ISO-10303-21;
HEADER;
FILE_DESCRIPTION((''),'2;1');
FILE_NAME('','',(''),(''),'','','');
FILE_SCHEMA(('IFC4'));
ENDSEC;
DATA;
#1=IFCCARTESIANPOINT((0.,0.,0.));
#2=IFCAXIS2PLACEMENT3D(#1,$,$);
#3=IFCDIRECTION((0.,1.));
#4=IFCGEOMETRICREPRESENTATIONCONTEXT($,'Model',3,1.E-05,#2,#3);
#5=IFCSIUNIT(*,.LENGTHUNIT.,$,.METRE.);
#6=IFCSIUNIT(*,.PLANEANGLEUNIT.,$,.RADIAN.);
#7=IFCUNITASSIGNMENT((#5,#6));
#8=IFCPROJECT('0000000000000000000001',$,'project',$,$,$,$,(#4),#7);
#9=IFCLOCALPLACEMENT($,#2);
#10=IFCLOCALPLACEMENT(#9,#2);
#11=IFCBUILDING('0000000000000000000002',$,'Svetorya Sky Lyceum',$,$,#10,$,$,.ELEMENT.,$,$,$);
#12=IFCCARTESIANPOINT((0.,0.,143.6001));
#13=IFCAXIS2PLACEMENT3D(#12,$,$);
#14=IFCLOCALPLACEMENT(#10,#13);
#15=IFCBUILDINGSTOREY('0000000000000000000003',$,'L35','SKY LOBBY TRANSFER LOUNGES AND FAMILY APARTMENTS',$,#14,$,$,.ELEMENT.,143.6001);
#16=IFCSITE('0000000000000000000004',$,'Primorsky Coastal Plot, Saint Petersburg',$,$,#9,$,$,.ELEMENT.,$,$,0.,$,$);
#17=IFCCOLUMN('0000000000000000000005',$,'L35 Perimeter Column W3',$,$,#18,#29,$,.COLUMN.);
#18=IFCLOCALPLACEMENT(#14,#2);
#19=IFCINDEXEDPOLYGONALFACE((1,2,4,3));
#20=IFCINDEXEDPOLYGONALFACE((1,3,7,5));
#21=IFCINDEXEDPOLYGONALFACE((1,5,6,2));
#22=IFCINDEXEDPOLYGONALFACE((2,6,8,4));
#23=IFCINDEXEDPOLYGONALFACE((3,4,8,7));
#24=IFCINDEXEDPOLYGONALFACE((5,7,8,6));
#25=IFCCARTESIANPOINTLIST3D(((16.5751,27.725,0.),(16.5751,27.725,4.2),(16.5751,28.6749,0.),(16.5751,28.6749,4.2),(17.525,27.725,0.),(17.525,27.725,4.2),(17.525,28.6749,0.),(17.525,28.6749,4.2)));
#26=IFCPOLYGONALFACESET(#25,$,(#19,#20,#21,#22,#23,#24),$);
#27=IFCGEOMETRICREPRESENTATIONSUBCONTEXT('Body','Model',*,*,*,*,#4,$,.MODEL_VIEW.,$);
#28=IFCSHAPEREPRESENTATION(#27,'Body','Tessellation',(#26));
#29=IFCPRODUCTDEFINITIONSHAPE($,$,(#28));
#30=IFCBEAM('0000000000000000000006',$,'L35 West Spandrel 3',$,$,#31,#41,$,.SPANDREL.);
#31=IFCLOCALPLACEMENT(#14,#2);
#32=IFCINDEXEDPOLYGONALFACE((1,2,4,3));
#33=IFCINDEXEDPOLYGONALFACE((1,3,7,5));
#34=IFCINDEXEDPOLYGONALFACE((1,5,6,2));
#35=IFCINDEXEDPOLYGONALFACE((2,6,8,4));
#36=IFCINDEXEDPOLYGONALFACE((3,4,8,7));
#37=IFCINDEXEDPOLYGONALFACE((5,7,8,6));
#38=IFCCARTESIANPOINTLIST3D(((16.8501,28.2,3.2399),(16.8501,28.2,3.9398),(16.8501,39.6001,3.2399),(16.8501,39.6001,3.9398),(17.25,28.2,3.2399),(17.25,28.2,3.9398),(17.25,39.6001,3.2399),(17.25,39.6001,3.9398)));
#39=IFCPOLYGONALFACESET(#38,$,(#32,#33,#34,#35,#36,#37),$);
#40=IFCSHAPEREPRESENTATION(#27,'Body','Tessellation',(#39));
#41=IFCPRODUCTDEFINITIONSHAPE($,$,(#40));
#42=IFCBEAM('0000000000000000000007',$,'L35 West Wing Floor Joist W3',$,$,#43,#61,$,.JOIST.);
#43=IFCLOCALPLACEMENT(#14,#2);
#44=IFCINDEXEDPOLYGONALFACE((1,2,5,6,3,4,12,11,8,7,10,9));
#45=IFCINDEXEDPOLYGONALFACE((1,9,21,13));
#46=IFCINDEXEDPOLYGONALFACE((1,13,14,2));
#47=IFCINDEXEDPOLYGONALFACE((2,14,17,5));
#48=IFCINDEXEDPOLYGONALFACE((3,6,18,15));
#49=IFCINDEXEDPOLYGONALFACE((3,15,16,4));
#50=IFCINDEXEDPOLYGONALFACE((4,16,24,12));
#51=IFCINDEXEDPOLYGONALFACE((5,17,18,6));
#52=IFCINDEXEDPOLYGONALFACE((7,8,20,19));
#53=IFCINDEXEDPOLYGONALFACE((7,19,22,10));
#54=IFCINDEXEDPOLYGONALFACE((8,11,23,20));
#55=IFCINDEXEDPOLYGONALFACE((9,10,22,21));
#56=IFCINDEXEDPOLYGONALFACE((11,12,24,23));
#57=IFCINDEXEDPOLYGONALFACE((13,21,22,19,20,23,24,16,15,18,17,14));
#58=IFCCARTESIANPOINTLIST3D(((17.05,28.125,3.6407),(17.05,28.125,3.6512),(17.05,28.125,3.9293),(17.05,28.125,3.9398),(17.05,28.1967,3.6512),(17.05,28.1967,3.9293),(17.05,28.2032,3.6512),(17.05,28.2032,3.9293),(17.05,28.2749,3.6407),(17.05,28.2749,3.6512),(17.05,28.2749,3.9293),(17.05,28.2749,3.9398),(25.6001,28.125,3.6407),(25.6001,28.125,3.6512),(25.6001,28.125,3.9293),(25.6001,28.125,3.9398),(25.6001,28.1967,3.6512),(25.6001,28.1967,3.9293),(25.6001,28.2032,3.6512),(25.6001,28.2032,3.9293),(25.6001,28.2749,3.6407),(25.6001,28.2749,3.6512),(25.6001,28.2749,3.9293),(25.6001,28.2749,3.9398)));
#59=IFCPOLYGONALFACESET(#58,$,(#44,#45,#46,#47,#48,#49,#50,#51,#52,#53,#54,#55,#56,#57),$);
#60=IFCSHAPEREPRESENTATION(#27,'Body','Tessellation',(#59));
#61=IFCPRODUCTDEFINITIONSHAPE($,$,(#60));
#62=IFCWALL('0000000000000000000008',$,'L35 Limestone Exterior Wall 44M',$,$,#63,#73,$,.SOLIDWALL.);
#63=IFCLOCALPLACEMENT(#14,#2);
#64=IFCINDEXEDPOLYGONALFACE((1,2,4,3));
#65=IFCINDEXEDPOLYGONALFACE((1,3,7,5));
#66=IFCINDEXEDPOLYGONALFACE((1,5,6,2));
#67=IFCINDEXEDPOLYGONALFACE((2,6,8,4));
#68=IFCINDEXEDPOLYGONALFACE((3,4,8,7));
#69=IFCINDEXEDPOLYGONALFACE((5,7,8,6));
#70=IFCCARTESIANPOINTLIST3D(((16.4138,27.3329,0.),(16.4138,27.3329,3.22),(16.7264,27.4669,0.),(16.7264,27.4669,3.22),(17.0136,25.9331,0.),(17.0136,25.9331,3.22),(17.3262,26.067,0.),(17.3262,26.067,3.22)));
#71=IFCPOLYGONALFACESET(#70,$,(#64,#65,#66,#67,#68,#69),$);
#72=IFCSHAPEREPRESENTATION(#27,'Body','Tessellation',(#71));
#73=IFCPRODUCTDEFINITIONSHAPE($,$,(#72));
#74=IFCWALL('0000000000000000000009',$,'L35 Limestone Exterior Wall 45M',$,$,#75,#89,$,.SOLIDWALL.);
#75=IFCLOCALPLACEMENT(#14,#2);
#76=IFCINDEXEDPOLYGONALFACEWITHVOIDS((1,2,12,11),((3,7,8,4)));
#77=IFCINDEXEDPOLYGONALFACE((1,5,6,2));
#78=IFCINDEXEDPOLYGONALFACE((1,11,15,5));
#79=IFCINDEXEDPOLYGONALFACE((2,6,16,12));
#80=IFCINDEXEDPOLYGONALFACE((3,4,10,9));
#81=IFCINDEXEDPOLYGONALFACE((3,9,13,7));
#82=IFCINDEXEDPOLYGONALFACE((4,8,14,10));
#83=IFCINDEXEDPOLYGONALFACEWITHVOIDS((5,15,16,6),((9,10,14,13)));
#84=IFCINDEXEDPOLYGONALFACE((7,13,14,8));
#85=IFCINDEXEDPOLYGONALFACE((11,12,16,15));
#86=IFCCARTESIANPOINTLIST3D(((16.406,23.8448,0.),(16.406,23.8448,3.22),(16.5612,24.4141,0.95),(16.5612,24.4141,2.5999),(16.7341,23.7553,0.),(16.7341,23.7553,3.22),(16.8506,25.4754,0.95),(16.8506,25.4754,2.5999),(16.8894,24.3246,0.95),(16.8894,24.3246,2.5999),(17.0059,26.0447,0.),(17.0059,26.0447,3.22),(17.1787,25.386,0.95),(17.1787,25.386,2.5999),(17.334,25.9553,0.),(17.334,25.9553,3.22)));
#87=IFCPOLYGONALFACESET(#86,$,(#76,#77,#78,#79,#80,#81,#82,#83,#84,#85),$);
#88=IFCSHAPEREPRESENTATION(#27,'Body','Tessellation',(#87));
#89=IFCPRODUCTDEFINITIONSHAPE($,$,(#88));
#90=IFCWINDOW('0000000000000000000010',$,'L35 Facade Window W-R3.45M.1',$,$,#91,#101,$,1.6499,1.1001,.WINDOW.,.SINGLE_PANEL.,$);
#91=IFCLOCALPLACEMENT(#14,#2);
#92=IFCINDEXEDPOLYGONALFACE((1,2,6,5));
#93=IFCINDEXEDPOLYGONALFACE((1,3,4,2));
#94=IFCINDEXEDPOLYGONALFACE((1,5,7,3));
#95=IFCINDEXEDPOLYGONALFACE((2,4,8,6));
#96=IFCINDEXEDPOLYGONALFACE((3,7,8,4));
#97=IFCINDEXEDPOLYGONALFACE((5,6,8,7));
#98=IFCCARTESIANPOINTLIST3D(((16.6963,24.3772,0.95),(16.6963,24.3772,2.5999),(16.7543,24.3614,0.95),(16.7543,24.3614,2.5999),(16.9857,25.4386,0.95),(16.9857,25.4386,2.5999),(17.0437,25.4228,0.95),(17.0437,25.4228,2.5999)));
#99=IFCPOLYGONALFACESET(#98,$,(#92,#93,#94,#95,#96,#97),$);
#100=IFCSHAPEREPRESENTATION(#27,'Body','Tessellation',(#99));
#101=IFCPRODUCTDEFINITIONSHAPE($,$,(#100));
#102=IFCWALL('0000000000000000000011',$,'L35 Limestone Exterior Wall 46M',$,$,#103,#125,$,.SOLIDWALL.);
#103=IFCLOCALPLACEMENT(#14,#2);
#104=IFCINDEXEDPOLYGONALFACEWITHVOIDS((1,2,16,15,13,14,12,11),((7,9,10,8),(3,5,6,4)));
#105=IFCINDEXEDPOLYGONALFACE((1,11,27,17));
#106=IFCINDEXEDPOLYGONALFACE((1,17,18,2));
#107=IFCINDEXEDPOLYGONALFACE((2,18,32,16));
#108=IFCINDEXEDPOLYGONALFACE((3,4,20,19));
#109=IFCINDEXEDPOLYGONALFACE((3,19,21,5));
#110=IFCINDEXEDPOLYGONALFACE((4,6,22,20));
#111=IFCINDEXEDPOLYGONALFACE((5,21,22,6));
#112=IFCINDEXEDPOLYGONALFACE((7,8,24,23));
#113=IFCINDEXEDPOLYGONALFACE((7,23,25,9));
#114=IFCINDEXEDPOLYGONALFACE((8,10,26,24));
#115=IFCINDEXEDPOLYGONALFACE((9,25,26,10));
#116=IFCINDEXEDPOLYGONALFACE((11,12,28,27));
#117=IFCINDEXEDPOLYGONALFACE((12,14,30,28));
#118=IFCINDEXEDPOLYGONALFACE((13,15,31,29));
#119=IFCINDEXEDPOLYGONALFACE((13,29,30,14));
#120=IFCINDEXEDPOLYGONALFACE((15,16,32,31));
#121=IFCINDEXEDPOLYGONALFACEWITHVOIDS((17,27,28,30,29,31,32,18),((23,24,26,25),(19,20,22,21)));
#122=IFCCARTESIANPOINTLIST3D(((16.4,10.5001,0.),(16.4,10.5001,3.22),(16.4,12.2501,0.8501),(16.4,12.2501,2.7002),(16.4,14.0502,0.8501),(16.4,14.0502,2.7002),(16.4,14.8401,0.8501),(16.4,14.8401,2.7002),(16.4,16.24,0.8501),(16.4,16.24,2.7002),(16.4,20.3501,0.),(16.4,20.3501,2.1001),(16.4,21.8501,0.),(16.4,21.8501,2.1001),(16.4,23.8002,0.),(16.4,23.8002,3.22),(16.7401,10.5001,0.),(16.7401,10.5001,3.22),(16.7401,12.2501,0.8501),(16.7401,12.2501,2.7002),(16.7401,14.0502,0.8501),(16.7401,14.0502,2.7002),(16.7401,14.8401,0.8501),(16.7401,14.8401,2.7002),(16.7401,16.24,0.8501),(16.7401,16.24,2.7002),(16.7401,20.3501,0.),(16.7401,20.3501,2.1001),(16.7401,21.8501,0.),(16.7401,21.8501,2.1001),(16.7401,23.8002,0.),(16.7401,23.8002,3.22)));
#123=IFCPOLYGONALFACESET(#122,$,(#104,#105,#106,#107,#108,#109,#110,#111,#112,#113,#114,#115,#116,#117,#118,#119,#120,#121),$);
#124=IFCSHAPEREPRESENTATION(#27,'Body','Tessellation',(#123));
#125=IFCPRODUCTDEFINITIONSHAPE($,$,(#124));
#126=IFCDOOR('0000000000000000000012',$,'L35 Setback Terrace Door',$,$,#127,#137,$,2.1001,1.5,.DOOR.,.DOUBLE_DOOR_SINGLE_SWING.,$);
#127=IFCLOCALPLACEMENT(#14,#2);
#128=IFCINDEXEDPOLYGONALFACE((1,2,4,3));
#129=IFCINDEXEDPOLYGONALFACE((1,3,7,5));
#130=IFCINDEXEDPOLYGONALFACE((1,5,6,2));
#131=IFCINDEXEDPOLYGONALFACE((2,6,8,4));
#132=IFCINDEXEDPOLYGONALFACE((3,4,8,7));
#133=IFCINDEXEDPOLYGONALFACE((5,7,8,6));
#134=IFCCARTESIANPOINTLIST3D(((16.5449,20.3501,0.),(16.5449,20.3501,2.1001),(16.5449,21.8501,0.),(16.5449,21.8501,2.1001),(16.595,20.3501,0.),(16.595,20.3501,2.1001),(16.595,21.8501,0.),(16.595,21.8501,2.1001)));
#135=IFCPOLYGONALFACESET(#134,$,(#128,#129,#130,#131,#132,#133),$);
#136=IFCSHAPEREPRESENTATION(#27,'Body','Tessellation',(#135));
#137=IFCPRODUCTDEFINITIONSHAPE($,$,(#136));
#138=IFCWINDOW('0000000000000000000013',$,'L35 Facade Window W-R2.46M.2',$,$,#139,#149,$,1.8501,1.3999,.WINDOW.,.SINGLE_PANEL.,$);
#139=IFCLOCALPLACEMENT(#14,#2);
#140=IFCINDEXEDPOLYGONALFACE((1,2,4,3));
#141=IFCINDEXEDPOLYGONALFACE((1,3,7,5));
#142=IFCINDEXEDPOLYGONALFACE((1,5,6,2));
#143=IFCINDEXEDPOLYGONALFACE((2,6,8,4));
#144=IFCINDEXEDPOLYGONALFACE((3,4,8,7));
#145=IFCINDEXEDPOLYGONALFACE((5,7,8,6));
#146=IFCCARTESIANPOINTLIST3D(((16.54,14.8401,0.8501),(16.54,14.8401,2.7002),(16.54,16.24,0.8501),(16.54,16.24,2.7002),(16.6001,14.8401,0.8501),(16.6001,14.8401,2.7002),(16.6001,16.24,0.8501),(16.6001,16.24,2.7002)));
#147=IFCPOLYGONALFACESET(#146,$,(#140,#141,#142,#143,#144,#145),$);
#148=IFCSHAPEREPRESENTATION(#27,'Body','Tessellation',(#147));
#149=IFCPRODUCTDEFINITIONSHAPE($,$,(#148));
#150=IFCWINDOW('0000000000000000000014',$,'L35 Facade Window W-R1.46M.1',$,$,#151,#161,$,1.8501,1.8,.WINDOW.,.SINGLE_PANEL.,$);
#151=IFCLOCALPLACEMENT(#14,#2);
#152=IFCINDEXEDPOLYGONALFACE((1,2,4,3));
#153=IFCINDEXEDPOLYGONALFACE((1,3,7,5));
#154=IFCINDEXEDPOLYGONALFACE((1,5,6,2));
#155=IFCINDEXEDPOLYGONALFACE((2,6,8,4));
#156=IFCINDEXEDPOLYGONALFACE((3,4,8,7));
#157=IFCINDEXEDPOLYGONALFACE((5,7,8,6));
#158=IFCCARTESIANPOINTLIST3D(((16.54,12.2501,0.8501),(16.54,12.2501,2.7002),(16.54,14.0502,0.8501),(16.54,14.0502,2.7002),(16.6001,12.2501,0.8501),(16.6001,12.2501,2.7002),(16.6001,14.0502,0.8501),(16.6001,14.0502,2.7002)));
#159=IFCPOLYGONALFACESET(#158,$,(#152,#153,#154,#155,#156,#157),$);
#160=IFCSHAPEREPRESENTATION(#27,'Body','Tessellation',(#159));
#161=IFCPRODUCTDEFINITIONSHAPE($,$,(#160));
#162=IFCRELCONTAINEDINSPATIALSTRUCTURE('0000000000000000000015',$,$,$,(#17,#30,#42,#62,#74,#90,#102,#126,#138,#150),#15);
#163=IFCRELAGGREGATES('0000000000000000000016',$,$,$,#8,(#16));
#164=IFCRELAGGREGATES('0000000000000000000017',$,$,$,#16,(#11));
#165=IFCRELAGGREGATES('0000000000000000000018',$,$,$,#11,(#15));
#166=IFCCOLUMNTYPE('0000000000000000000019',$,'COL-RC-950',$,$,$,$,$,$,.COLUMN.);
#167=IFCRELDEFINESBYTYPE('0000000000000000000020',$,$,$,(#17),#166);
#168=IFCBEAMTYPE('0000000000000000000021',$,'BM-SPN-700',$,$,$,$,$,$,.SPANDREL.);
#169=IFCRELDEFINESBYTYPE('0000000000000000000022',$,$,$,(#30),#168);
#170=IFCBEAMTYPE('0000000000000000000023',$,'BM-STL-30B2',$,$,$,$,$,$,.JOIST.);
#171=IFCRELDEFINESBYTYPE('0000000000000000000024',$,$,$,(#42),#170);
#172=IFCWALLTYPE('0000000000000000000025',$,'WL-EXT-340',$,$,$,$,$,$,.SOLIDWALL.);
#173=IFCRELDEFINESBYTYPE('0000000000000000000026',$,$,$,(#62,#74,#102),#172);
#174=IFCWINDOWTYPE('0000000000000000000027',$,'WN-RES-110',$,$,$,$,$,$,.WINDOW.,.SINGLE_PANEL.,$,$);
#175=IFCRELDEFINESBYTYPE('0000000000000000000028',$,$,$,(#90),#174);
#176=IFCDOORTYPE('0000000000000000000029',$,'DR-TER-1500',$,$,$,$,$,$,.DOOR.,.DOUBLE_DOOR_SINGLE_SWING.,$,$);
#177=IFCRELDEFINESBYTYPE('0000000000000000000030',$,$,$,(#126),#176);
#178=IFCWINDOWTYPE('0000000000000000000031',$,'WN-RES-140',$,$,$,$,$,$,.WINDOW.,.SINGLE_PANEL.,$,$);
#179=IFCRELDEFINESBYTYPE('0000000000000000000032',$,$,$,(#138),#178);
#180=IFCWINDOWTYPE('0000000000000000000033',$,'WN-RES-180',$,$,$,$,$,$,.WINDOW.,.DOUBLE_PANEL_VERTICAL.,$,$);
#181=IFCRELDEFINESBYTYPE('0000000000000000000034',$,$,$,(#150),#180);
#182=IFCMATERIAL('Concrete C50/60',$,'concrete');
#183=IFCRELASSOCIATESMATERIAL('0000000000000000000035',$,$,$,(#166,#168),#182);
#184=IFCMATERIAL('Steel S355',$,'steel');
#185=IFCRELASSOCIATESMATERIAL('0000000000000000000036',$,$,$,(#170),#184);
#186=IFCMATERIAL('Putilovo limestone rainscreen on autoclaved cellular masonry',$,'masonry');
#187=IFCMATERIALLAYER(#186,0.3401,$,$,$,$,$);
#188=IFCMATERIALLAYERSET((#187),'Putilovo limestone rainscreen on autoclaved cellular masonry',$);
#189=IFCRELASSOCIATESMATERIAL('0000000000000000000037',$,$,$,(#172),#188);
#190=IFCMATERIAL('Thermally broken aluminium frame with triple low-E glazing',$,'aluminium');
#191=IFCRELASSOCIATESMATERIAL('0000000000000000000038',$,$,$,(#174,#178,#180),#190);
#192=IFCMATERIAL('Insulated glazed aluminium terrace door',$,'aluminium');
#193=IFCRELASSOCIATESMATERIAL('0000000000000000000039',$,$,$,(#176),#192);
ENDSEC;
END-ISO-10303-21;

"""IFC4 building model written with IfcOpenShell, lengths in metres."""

from ifc_helpers import new_model, si_unit, direction, frame, frame_2d, origin, origin_2d, place, context, subcontext, project, spatial, rectangle, i_section, extrude, material, layer, layer_set, material_profile, profile_set, type_object, element, fill, save


model = new_model("IFC4")

# Units and contexts
model_context = context("Model", 3, precision=1e-05, world=origin(), true_north=direction((0.0, 1.0)))
body_context = subcontext(model_context, "Body", "Model", "MODEL_VIEW")
ifc_project = project(units=[si_unit("LENGTHUNIT", "METRE"), si_unit("PLANEANGLEUNIT", "RADIAN")], contexts=[model_context])

# Site, building, storey
site_placement = place(None, origin())
site = spatial("IfcSite", under=ifc_project, at=site_placement, Name="Primorsky Coastal Plot, Saint Petersburg", CompositionType="ELEMENT", RefElevation=0.0)
building_placement = place(site_placement, origin())
building = spatial("IfcBuilding", under=site, at=building_placement, Name="Svetorya Sky Lyceum", CompositionType="ELEMENT")
storey_placement = place(building_placement, frame((0.0, 0.0, 143.6001)))
storey = spatial("IfcBuildingStorey", under=building, at=storey_placement, Name="L35", Description="SKY LOBBY TRANSFER LOUNGES AND FAMILY APARTMENTS", CompositionType="ELEMENT", Elevation=143.6001)

# Column
ifc_material_1 = material(Name="Concrete C50/60", Category="concrete")
ifc_material_profile_1 = material_profile(ifc_material_1, rectangle(XDim=0.95, YDim=0.95, at=origin_2d()), Name="RC COL 950x950")
ifc_profile_set_1 = profile_set([ifc_material_profile_1], Name="Concrete C50/60")
column_type = type_object("IfcColumnType", Name="COL-RC-950", PredefinedType="COLUMN", material=ifc_profile_set_1)
column_placement = place(storey_placement, frame((17.05, 28.2, 0.0), z_axis=(0.0, 0.0, 1.0), x_axis=(1.0, 0.0, 0.0)))
element("IfcColumn", 1, at=column_placement, inside=storey, type_object=column_type, Name="L35 Perimeter Column W3", PredefinedType="COLUMN", context=body_context, shape_type="SweptSolid", body=[
    extrude(rectangle(XDim=0.95, YDim=0.95, at=origin_2d()), origin(), (0.0, 0.0, 1.0), 4.2),
])

# Beams
ifc_material_profile_2 = material_profile(ifc_material_1, rectangle(XDim=0.3999, YDim=0.7, at=origin_2d()), Name="RC SPANDREL 400x700")
ifc_profile_set_2 = profile_set([ifc_material_profile_2], Name="Concrete C50/60")
beam_type_1 = type_object("IfcBeamType", Name="BM-SPN-700", PredefinedType="SPANDREL", material=ifc_profile_set_2)
beam_1_placement = place(storey_placement, frame((17.05, 28.2, 3.5898), z_axis=(0.0, 1.0, 0.0), x_axis=(-1.0, 0.0, 0.0)))
element("IfcBeam", 2, at=beam_1_placement, inside=storey, type_object=beam_type_1, Name="L35 West Spandrel 3", PredefinedType="SPANDREL", context=body_context, shape_type="SweptSolid", body=[
    extrude(rectangle(XDim=0.3999, YDim=0.7, at=origin_2d()), origin(), (0.0, 0.0, 1.0), 11.4001),
])
ifc_material_2 = material(Name="Steel S355", Category="steel")
ifc_material_profile_3 = material_profile(ifc_material_2, i_section(OverallWidth=0.1499, OverallDepth=0.2991, WebThickness=0.0066, FlangeThickness=0.0105, at=origin_2d()), Name="GOST 30B2")
ifc_profile_set_3 = profile_set([ifc_material_profile_3], Name="Steel S355")
beam_type_2 = type_object("IfcBeamType", Name="BM-STL-30B2", PredefinedType="JOIST", material=ifc_profile_set_3)
beam_2_placement = place(storey_placement, frame((17.05, 28.2, 3.7903), z_axis=(1.0, 0.0, 0.0), x_axis=(0.0, 1.0, 0.0)))
element("IfcBeam", 3, at=beam_2_placement, inside=storey, type_object=beam_type_2, Name="L35 West Wing Floor Joist W3", PredefinedType="JOIST", context=body_context, shape_type="SweptSolid", body=[
    extrude(i_section(OverallWidth=0.1499, OverallDepth=0.2991, WebThickness=0.0066, FlangeThickness=0.0105, at=origin_2d()), origin(), (0.0, 0.0, 1.0), 8.55),
])

# Wall
ifc_material_3 = material(Name="Putilovo limestone rainscreen on autoclaved cellular masonry", Category="masonry")
ifc_layer_1 = layer(ifc_material_3, 0.3401)
ifc_layer_set_1 = layer_set([ifc_layer_1], Name="Putilovo limestone rainscreen on autoclaved cellular masonry")
wall_type_1 = type_object("IfcWallType", Name="WL-EXT-340", PredefinedType="SOLIDWALL", material=ifc_layer_set_1)
wall_1_placement = place(storey_placement, frame((16.5701, 27.3999, 0.0), z_axis=(0.0, 0.0, 1.0), x_axis=(0.393861, -0.91917, 0.0)))
element("IfcWall", 4, at=wall_1_placement, inside=storey, type_object=wall_type_1, Name="L35 Limestone Exterior Wall 44M", PredefinedType="SOLIDWALL", context=body_context, shape_type="SweptSolid", body=[
    extrude(rectangle(XDim=1.5229, YDim=0.3401, at=frame_2d((0.7615, 0.0))), origin(), (0.0, 0.0, 1.0), 3.22),
])

# Wall, opening, window
wall_2_placement = place(storey_placement, frame((17.1699, 26.0, 0.0), z_axis=(0.0, 0.0, 1.0), x_axis=(-0.263063, -0.964779, 0.0)))
wall_2 = element("IfcWall", 5, at=wall_2_placement, inside=storey, type_object=wall_type_1, Name="L35 Limestone Exterior Wall 45M", PredefinedType="SOLIDWALL", context=body_context, shape_type="SweptSolid", body=[
    extrude(rectangle(XDim=2.2803, YDim=0.3401, at=frame_2d((1.1401, 0.0))), origin(), (0.0, 0.0, 1.0), 3.22),
])
opening_1_placement = place(wall_2_placement, frame((0.5901, 0.0, 0.95)))
opening_1 = element("IfcOpeningElement", 6, at=opening_1_placement, cuts=wall_2, PredefinedType="OPENING", context=body_context, shape_type="SweptSolid", body=[
    extrude(rectangle(XDim=1.1001, YDim=1.6499, at=frame_2d((0.55, 0.825))), frame((0.0, 0.1799, 0.0), z_axis=(0.0, -1.0, 0.0), x_axis=(1.0, 0.0, 0.0)), (0.0, 0.0, 1.0), 0.3601),
])
ifc_material_4 = material(Name="Thermally broken aluminium frame with triple low-E glazing", Category="aluminium")
window_type_1 = type_object("IfcWindowType", Name="WN-RES-110", PartitioningType="SINGLE_PANEL", PredefinedType="WINDOW", material=ifc_material_4)
window_1_placement = place(opening_1_placement, origin())
window_1 = element("IfcWindow", 7, at=window_1_placement, inside=storey, type_object=window_type_1, Name="L35 Facade Window W-R3.45M.1", OverallHeight=1.6499, OverallWidth=1.1001, PartitioningType="SINGLE_PANEL", PredefinedType="WINDOW", context=body_context, shape_type="SweptSolid", body=[
    extrude(rectangle(XDim=1.1001, YDim=1.6499, at=frame_2d((0.55, 0.825))), frame((0.0, 0.03, 0.0), z_axis=(0.0, -1.0, 0.0), x_axis=(1.0, 0.0, 0.0)), (0.0, 0.0, 1.0), 0.0601),
])
fill(opening_1, window_1)

# Wall, openings, door, windows
wall_3_placement = place(storey_placement, frame((16.5701, 23.8, 0.0), z_axis=(0.0, 0.0, 1.0), x_axis=(0.0, -1.0, 0.0)))
wall_3 = element("IfcWall", 8, at=wall_3_placement, inside=storey, type_object=wall_type_1, Name="L35 Limestone Exterior Wall 46M", PredefinedType="SOLIDWALL", context=body_context, shape_type="SweptSolid", body=[
    extrude(rectangle(XDim=13.3, YDim=0.3401, at=frame_2d((6.6499, 0.0))), origin(), (0.0, 0.0, 1.0), 3.22),
])
opening_2_placement = place(wall_3_placement, frame((1.95, 0.0, 0.0)))
opening_2 = element("IfcOpeningElement", 9, at=opening_2_placement, cuts=wall_3, PredefinedType="OPENING", context=body_context, shape_type="SweptSolid", body=[
    extrude(rectangle(XDim=1.5, YDim=2.1001, at=frame_2d((0.75, 1.05))), frame((0.0, 0.1799, 0.0), z_axis=(0.0, -1.0, 0.0), x_axis=(1.0, 0.0, 0.0)), (0.0, 0.0, 1.0), 0.3601),
])
opening_3_placement = place(wall_3_placement, frame((7.5601, 0.0, 0.8501)))
opening_3 = element("IfcOpeningElement", 10, at=opening_3_placement, cuts=wall_3, PredefinedType="OPENING", context=body_context, shape_type="SweptSolid", body=[
    extrude(rectangle(XDim=1.3999, YDim=1.8501, at=frame_2d((0.7, 0.925))), frame((0.0, 0.1799, 0.0), z_axis=(0.0, -1.0, 0.0), x_axis=(1.0, 0.0, 0.0)), (0.0, 0.0, 1.0), 0.3601),
])
opening_4_placement = place(wall_3_placement, frame((9.75, 0.0, 0.8501)))
opening_4 = element("IfcOpeningElement", 11, at=opening_4_placement, cuts=wall_3, PredefinedType="OPENING", context=body_context, shape_type="SweptSolid", body=[
    extrude(rectangle(XDim=1.8, YDim=1.8501, at=frame_2d((0.8999, 0.925))), frame((0.0, 0.1799, 0.0), z_axis=(0.0, -1.0, 0.0), x_axis=(1.0, 0.0, 0.0)), (0.0, 0.0, 1.0), 0.3601),
])
ifc_material_5 = material(Name="Insulated glazed aluminium terrace door", Category="aluminium")
door_type_1 = type_object("IfcDoorType", Name="DR-TER-1500", OperationType="DOUBLE_DOOR_SINGLE_SWING", PredefinedType="DOOR", material=ifc_material_5)
door_1_placement = place(opening_2_placement, origin())
door_1 = element("IfcDoor", 12, at=door_1_placement, inside=storey, type_object=door_type_1, Name="L35 Setback Terrace Door", OperationType="DOUBLE_DOOR_SINGLE_SWING", OverallHeight=2.1001, OverallWidth=1.5, PredefinedType="DOOR", context=body_context, shape_type="SweptSolid", body=[
    extrude(rectangle(XDim=1.5, YDim=2.1001, at=frame_2d((0.75, 1.05))), frame((0.0, 0.0249, 0.0), z_axis=(0.0, -1.0, 0.0), x_axis=(1.0, 0.0, 0.0)), (0.0, 0.0, 1.0), 0.05),
])
fill(opening_2, door_1)
window_type_2 = type_object("IfcWindowType", Name="WN-RES-140", PartitioningType="SINGLE_PANEL", PredefinedType="WINDOW", material=ifc_material_4)
window_2_placement = place(opening_3_placement, origin())
window_2 = element("IfcWindow", 13, at=window_2_placement, inside=storey, type_object=window_type_2, Name="L35 Facade Window W-R2.46M.2", OverallHeight=1.8501, OverallWidth=1.3999, PartitioningType="SINGLE_PANEL", PredefinedType="WINDOW", context=body_context, shape_type="SweptSolid", body=[
    extrude(rectangle(XDim=1.3999, YDim=1.8501, at=frame_2d((0.7, 0.925))), frame((0.0, 0.03, 0.0), z_axis=(0.0, -1.0, 0.0), x_axis=(1.0, 0.0, 0.0)), (0.0, 0.0, 1.0), 0.0601),
])
fill(opening_3, window_2)
window_type_3 = type_object("IfcWindowType", Name="WN-RES-180", PartitioningType="DOUBLE_PANEL_VERTICAL", PredefinedType="WINDOW", material=ifc_material_4)
window_3_placement = place(opening_4_placement, origin())
window_3 = element("IfcWindow", 14, at=window_3_placement, inside=storey, type_object=window_type_3, Name="L35 Facade Window W-R1.46M.1", OverallHeight=1.8501, OverallWidth=1.8, PartitioningType="SINGLE_PANEL", PredefinedType="WINDOW", context=body_context, shape_type="SweptSolid", body=[
    extrude(rectangle(XDim=1.8, YDim=1.8501, at=frame_2d((0.8999, 0.925))), frame((0.0, 0.03, 0.0), z_axis=(0.0, -1.0, 0.0), x_axis=(1.0, 0.0, 0.0)), (0.0, 0.0, 1.0), 0.0601),
])
fill(opening_4, window_3)

save(model, "model.ifc")
